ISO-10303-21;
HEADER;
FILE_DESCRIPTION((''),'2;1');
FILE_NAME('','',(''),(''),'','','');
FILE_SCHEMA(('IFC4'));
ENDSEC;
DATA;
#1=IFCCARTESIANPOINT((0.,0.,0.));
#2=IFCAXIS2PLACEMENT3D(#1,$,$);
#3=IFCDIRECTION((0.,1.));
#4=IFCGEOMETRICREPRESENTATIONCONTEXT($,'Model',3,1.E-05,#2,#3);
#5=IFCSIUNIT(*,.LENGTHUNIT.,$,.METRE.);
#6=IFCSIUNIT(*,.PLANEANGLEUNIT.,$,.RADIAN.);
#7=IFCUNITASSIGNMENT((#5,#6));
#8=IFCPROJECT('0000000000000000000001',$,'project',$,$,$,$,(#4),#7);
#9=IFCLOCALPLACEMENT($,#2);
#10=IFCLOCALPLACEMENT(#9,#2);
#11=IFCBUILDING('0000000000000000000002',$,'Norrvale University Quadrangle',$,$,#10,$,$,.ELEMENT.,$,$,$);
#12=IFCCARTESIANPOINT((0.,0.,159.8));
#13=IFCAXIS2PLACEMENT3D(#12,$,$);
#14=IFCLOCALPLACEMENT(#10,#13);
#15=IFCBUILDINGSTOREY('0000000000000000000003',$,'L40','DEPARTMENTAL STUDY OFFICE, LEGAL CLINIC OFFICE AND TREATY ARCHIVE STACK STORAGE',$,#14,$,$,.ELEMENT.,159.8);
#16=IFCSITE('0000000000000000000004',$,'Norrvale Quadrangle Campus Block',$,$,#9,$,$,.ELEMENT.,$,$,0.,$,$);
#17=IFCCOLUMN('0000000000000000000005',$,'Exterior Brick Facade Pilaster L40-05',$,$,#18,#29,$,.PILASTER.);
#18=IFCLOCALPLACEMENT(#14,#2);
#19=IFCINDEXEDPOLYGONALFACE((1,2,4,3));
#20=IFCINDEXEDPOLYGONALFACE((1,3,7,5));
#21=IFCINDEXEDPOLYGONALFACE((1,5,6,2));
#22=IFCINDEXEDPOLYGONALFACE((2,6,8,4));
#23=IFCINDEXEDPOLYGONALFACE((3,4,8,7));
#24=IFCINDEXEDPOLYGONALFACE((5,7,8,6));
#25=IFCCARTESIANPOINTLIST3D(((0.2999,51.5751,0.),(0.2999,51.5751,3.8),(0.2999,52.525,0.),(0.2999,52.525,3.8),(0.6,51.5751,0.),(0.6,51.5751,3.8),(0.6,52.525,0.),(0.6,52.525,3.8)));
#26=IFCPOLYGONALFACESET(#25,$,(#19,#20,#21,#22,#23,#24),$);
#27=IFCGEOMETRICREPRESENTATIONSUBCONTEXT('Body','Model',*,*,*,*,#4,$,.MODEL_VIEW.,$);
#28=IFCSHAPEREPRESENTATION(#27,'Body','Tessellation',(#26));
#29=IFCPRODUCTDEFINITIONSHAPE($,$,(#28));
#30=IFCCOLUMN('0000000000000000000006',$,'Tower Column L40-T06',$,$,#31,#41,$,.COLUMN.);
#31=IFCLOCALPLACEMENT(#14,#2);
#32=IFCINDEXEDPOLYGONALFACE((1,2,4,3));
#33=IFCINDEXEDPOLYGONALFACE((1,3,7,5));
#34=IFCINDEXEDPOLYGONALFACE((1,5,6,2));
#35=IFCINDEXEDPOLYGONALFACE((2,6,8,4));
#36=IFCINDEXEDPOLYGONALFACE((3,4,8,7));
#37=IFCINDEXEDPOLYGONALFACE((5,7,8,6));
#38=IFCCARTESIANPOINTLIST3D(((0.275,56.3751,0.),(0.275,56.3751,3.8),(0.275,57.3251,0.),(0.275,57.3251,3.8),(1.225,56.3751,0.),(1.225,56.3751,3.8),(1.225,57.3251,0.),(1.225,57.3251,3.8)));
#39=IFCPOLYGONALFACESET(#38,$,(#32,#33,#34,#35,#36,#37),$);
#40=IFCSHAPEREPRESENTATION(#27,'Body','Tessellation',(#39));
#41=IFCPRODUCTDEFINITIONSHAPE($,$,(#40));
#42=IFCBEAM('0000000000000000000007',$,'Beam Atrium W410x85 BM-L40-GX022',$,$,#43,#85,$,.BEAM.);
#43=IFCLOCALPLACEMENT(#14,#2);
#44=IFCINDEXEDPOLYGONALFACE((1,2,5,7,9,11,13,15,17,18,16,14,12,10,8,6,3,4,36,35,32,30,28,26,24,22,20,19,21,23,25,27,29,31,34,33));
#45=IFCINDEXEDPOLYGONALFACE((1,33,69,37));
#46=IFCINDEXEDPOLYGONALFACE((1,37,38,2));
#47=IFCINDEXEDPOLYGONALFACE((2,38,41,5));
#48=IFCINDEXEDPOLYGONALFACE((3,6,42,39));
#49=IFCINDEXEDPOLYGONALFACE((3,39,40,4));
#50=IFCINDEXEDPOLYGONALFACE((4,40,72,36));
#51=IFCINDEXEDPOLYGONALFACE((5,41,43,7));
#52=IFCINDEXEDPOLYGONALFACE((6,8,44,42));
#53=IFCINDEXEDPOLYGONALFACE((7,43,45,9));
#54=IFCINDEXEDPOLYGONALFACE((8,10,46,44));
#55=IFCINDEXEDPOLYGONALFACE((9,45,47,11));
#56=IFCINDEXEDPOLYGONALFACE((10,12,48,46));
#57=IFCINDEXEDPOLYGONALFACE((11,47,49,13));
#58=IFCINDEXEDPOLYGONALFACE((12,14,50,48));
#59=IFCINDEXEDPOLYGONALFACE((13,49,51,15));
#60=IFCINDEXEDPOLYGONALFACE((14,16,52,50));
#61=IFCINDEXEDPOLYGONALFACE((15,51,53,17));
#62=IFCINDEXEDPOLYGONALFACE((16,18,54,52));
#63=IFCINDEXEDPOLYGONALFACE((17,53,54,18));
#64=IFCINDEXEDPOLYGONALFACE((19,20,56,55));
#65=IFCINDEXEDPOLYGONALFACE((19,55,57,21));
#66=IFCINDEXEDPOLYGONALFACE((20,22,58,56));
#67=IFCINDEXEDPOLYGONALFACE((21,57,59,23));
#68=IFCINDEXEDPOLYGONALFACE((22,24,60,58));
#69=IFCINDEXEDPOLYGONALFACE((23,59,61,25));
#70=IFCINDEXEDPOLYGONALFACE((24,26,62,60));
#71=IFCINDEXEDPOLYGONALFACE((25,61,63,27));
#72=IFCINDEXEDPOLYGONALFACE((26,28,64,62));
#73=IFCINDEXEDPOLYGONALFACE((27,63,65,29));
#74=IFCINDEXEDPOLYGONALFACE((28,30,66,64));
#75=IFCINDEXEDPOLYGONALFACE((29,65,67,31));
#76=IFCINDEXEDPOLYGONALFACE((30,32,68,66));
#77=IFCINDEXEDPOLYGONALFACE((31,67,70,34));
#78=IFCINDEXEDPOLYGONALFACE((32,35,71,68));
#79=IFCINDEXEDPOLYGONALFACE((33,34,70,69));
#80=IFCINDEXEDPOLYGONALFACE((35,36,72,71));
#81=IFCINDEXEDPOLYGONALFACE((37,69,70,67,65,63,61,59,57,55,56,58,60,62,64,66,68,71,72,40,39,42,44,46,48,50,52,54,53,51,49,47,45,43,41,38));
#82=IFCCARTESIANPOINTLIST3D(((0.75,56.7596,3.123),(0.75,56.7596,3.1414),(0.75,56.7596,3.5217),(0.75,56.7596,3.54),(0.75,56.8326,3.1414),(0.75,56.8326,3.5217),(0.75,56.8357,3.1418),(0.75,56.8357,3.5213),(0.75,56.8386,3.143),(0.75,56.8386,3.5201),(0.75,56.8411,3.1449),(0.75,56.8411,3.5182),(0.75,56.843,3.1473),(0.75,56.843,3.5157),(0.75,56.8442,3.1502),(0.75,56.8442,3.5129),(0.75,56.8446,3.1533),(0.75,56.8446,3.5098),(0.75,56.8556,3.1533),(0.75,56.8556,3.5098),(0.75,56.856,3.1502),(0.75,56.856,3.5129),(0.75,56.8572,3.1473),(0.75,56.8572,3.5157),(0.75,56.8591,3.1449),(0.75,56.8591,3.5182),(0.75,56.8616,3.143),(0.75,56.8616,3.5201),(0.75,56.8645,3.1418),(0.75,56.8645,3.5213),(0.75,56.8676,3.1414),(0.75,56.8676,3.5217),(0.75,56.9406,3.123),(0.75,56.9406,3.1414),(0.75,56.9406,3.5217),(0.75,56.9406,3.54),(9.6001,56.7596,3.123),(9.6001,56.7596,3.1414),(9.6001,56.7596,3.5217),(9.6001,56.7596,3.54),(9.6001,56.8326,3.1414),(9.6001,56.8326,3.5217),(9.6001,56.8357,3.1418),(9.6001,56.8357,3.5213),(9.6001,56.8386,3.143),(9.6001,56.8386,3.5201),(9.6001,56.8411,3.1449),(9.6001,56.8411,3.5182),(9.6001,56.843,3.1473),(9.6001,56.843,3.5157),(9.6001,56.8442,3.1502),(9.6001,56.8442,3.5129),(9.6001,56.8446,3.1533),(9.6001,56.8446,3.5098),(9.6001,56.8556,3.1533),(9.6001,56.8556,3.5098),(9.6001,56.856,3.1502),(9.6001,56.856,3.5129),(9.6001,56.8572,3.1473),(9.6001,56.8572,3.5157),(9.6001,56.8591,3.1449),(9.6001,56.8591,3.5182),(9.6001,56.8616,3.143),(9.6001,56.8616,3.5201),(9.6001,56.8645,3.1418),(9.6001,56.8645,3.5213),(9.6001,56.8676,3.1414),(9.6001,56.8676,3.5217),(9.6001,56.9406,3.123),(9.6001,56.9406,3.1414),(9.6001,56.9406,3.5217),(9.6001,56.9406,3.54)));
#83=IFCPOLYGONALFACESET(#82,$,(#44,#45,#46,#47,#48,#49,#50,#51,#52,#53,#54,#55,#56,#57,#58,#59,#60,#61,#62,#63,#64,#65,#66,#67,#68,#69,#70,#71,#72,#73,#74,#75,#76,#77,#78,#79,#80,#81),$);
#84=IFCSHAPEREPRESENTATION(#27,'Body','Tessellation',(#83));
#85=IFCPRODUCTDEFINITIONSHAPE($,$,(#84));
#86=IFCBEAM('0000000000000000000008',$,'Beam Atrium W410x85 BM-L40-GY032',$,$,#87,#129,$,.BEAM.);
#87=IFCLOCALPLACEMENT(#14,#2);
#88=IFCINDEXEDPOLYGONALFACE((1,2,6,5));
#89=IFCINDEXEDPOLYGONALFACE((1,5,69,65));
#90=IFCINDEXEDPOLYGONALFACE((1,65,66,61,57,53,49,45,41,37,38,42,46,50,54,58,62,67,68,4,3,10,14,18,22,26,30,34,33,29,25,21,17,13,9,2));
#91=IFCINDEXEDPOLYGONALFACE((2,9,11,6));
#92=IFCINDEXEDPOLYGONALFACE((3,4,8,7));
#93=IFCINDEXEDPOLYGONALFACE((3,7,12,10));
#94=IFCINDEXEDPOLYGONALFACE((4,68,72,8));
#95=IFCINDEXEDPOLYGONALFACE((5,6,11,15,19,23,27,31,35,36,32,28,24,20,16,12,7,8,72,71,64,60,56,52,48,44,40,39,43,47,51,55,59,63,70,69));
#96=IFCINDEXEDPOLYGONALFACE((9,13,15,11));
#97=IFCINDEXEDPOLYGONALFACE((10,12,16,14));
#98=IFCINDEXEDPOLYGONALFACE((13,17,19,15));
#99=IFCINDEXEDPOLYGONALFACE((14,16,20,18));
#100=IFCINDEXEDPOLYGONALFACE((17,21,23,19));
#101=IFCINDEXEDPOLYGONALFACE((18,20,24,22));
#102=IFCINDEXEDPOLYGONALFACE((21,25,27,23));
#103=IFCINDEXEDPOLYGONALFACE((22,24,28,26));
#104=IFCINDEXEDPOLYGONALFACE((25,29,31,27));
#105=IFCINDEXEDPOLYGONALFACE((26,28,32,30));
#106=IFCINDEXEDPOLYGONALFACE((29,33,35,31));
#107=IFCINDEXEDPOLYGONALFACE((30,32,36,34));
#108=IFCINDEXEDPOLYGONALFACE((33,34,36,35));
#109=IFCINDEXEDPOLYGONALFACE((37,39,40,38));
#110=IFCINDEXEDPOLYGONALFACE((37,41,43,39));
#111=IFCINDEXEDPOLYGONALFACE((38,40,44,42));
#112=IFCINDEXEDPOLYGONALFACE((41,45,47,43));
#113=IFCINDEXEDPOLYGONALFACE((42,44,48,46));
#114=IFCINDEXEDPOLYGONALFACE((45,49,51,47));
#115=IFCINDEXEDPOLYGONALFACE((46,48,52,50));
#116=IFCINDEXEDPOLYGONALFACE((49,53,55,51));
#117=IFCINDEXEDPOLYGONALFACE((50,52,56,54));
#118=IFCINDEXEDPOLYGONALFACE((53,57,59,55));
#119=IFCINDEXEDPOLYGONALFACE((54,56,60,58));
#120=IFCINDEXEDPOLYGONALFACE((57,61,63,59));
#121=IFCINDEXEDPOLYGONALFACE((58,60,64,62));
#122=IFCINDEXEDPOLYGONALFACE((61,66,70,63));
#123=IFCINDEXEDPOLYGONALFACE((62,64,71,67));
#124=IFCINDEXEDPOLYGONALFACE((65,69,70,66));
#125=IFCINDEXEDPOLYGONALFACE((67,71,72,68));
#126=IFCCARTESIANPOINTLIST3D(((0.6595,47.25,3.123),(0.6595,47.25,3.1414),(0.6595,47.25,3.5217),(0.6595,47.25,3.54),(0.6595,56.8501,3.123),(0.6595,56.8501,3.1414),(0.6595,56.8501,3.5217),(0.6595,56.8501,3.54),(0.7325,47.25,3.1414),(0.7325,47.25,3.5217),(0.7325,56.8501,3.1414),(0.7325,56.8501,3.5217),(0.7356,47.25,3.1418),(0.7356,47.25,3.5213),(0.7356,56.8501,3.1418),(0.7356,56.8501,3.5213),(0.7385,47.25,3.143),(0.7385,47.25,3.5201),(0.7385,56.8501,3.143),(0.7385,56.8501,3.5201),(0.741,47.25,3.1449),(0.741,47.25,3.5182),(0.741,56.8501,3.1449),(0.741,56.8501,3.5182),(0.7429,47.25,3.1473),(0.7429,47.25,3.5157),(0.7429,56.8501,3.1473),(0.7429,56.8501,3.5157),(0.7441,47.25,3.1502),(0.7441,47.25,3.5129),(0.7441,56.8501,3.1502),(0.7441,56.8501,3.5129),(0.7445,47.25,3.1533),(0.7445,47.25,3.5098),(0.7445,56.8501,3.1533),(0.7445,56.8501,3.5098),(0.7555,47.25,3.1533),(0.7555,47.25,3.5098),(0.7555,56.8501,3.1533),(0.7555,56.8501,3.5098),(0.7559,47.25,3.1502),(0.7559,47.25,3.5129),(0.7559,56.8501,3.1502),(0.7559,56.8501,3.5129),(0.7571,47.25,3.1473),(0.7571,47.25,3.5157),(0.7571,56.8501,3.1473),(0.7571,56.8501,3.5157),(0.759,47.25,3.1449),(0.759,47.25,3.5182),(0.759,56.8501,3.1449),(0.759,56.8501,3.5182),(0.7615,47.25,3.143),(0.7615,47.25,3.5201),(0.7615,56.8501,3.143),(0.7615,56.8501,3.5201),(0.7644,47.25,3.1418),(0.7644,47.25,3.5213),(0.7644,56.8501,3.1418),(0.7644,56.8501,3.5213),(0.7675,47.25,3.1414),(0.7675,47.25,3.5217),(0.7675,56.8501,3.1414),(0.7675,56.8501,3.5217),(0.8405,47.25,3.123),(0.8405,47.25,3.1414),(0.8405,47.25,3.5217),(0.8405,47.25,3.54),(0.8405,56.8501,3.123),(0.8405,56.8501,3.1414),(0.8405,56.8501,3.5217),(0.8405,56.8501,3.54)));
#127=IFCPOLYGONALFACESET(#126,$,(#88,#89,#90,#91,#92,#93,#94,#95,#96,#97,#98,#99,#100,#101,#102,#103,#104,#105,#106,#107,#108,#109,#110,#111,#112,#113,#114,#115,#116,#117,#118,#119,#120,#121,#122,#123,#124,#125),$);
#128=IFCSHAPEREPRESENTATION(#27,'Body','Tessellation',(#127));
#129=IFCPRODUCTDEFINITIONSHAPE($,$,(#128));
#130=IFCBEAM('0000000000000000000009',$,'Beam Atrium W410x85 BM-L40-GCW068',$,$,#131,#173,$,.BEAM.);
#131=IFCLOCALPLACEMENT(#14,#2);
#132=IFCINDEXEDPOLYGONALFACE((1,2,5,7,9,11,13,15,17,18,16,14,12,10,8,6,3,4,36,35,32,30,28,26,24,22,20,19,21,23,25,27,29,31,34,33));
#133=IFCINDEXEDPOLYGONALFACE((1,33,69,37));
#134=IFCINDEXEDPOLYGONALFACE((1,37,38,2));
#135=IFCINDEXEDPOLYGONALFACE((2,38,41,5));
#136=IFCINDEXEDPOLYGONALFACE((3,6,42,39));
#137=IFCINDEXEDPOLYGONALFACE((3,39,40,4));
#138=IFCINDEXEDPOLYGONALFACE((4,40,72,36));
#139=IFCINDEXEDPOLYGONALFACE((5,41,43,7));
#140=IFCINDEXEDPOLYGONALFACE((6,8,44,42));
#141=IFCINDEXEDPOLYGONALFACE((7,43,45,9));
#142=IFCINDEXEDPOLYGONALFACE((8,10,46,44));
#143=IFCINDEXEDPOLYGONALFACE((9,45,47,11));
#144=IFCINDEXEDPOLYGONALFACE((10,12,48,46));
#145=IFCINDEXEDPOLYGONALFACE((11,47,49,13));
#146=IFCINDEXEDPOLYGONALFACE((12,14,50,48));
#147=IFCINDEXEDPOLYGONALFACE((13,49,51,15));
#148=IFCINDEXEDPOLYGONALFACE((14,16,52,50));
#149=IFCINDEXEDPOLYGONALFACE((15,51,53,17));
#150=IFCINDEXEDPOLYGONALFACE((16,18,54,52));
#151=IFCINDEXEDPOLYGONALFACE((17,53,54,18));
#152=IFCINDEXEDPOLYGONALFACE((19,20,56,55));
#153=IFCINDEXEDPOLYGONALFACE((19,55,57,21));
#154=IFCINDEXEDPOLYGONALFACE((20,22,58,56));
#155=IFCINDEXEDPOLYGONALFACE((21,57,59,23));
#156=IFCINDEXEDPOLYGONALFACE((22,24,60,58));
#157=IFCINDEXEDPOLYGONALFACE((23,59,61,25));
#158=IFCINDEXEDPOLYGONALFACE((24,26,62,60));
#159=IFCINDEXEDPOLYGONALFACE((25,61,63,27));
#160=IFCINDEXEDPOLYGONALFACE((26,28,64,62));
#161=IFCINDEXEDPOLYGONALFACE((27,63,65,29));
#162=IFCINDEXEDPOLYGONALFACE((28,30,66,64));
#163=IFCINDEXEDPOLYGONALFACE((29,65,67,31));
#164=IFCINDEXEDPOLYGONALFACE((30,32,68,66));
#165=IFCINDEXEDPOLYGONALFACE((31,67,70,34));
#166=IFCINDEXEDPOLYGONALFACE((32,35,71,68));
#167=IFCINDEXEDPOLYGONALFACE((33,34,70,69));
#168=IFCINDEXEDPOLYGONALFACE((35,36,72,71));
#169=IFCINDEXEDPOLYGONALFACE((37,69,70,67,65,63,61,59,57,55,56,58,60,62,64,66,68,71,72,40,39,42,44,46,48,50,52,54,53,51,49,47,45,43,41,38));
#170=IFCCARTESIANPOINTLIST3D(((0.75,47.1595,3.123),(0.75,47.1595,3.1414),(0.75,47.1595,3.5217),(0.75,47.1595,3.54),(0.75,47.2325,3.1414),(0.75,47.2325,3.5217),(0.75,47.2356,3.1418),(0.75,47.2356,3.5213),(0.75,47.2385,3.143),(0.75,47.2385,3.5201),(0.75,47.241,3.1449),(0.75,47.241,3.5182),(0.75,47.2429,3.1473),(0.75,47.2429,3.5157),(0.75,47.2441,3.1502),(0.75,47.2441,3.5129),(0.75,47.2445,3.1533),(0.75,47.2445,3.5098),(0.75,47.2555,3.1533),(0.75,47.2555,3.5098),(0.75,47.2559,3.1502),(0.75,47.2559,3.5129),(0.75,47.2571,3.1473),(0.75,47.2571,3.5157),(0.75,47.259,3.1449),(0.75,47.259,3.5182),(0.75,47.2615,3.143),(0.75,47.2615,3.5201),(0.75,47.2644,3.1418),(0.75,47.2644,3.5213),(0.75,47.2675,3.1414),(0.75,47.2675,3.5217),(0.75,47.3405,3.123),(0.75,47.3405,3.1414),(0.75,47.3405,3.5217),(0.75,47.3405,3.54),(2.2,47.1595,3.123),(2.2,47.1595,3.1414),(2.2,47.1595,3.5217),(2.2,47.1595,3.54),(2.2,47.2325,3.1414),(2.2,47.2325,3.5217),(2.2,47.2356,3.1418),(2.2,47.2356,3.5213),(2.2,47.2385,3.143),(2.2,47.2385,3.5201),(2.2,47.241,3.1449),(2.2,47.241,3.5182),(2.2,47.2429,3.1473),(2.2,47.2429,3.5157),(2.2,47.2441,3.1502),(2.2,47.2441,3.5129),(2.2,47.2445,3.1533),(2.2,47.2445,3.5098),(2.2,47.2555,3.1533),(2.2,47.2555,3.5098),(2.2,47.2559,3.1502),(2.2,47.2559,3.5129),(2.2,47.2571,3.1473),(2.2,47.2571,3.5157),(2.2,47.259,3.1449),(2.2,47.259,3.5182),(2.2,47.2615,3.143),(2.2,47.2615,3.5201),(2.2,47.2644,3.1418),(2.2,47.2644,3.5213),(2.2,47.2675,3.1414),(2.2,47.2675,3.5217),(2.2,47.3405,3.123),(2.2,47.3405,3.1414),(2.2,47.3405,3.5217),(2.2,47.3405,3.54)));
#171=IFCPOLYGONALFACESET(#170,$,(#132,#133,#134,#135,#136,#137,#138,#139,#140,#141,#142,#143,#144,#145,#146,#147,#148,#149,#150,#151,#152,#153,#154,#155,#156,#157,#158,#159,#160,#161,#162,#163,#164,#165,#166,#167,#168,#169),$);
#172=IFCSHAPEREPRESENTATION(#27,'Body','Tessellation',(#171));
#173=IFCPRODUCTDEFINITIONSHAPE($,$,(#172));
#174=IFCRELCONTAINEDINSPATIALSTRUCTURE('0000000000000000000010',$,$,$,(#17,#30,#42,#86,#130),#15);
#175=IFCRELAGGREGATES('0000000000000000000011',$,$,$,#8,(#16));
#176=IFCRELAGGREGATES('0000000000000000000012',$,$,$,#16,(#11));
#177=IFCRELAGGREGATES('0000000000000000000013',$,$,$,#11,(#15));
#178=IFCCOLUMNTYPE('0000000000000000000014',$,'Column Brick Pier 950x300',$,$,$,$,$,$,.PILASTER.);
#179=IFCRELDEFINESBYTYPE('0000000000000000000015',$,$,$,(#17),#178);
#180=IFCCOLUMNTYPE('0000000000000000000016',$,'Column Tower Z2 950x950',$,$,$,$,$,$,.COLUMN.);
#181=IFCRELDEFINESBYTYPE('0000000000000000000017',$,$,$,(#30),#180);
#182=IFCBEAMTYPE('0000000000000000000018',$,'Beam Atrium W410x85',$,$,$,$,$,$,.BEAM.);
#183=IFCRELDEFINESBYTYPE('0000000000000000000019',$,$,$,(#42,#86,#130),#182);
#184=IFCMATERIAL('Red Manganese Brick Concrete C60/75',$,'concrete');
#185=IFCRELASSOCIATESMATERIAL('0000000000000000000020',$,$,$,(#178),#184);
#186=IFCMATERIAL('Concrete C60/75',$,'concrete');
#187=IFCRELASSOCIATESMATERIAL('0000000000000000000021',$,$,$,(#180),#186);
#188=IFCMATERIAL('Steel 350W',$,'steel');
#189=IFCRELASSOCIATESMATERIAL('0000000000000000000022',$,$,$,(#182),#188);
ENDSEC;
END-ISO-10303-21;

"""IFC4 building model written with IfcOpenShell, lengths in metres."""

from ifc_helpers import new_model, si_unit, direction, frame, origin, origin_2d, place, context, subcontext, project, spatial, rectangle, i_section, extrude, material, material_profile, profile_set, type_object, element, save


model = new_model("IFC4")

# Units and contexts
model_context = context("Model", 3, precision=1e-05, world=origin(), true_north=direction((0.0, 1.0)))
body_context = subcontext(model_context, "Body", "Model", "MODEL_VIEW")
ifc_project = project(units=[si_unit("LENGTHUNIT", "METRE"), si_unit("PLANEANGLEUNIT", "RADIAN")], contexts=[model_context])

# Site, building, storey
site_placement = place(None, origin())
site = spatial("IfcSite", under=ifc_project, at=site_placement, Name="Norrvale Quadrangle Campus Block", CompositionType="ELEMENT", RefElevation=0.0)
building_placement = place(site_placement, origin())
building = spatial("IfcBuilding", under=site, at=building_placement, Name="Norrvale University Quadrangle", CompositionType="ELEMENT")
storey_placement = place(building_placement, frame((0.0, 0.0, 159.8)))
storey = spatial("IfcBuildingStorey", under=building, at=storey_placement, Name="L40", Description="DEPARTMENTAL STUDY OFFICE, LEGAL CLINIC OFFICE AND TREATY ARCHIVE STACK STORAGE", CompositionType="ELEMENT", Elevation=159.8)

# Columns
ifc_material_1 = material(Name="Red Manganese Brick Concrete C60/75", Category="concrete")
ifc_material_profile_1 = material_profile(ifc_material_1, rectangle(XDim=0.95, YDim=0.3, at=origin_2d()), Name="Red Manganese Brick Concrete C60/75")
ifc_profile_set_1 = profile_set([ifc_material_profile_1], Name="Red Manganese Brick Concrete C60/75")
column_type_1 = type_object("IfcColumnType", Name="Column Brick Pier 950x300", PredefinedType="PILASTER", material=ifc_profile_set_1)
column_1_placement = place(storey_placement, frame((0.45, 52.05, 0.0), z_axis=(0.0, 0.0, 1.0), x_axis=(0.0, 1.0, 0.0)))
element("IfcColumn", 1, at=column_1_placement, inside=storey, type_object=column_type_1, Name="Exterior Brick Facade Pilaster L40-05", PredefinedType="PILASTER", context=body_context, shape_type="SweptSolid", body=[
    extrude(rectangle(XDim=0.95, YDim=0.3, at=origin_2d()), origin(), (0.0, 0.0, 1.0), 3.8),
])
ifc_material_2 = material(Name="Concrete C60/75", Category="concrete")
ifc_material_profile_2 = material_profile(ifc_material_2, rectangle(XDim=0.95, YDim=0.95, at=origin_2d()), Name="Concrete C60/75")
ifc_profile_set_2 = profile_set([ifc_material_profile_2], Name="Concrete C60/75")
column_type_2 = type_object("IfcColumnType", Name="Column Tower Z2 950x950", PredefinedType="COLUMN", material=ifc_profile_set_2)
column_2_placement = place(storey_placement, frame((0.75, 56.8501, 0.0), z_axis=(0.0, 0.0, 1.0), x_axis=(1.0, 0.0, 0.0)))
element("IfcColumn", 2, at=column_2_placement, inside=storey, type_object=column_type_2, Name="Tower Column L40-T06", PredefinedType="COLUMN", context=body_context, shape_type="SweptSolid", body=[
    extrude(rectangle(XDim=0.95, YDim=0.95, at=origin_2d()), origin(), (0.0, 0.0, 1.0), 3.8),
])

# Beams
ifc_material_3 = material(Name="Steel 350W", Category="steel")
ifc_material_profile_3 = material_profile(ifc_material_3, i_section(OverallWidth=0.1809, OverallDepth=0.417, WebThickness=0.011, FlangeThickness=0.0183, FilletRadius=0.012, at=origin_2d()), Name="Steel 350W")
ifc_profile_set_3 = profile_set([ifc_material_profile_3], Name="Steel 350W")
beam_type_1 = type_object("IfcBeamType", Name="Beam Atrium W410x85", PredefinedType="BEAM", material=ifc_profile_set_3)
beam_1_placement = place(storey_placement, frame((0.75, 56.8501, 3.3315), z_axis=(1.0, 0.0, 0.0), x_axis=(0.0, 1.0, 0.0)))
element("IfcBeam", 3, at=beam_1_placement, inside=storey, type_object=beam_type_1, Name="Beam Atrium W410x85 BM-L40-GX022", PredefinedType="BEAM", context=body_context, shape_type="SweptSolid", body=[
    extrude(i_section(OverallWidth=0.1809, OverallDepth=0.417, WebThickness=0.011, FlangeThickness=0.0183, FilletRadius=0.012, at=origin_2d()), origin(), (0.0, 0.0, 1.0), 8.8501),
])
beam_2_placement = place(storey_placement, frame((0.75, 47.25, 3.3315), z_axis=(0.0, 1.0, 0.0), x_axis=(-1.0, 0.0, 0.0)))
element("IfcBeam", 4, at=beam_2_placement, inside=storey, type_object=beam_type_1, Name="Beam Atrium W410x85 BM-L40-GY032", PredefinedType="BEAM", context=body_context, shape_type="SweptSolid", body=[
    extrude(i_section(OverallWidth=0.1809, OverallDepth=0.417, WebThickness=0.011, FlangeThickness=0.0183, FilletRadius=0.012, at=origin_2d()), origin(), (0.0, 0.0, 1.0), 9.6001),
])
beam_3_placement = place(storey_placement, frame((0.75, 47.25, 3.3315), z_axis=(1.0, 0.0, 0.0), x_axis=(0.0, 1.0, 0.0)))
element("IfcBeam", 5, at=beam_3_placement, inside=storey, type_object=beam_type_1, Name="Beam Atrium W410x85 BM-L40-GCW068", PredefinedType="BEAM", context=body_context, shape_type="SweptSolid", body=[
    extrude(i_section(OverallWidth=0.1809, OverallDepth=0.417, WebThickness=0.011, FlangeThickness=0.0183, FilletRadius=0.012, at=origin_2d()), origin(), (0.0, 0.0, 1.0), 1.45),
])

save(model, "model.ifc")
